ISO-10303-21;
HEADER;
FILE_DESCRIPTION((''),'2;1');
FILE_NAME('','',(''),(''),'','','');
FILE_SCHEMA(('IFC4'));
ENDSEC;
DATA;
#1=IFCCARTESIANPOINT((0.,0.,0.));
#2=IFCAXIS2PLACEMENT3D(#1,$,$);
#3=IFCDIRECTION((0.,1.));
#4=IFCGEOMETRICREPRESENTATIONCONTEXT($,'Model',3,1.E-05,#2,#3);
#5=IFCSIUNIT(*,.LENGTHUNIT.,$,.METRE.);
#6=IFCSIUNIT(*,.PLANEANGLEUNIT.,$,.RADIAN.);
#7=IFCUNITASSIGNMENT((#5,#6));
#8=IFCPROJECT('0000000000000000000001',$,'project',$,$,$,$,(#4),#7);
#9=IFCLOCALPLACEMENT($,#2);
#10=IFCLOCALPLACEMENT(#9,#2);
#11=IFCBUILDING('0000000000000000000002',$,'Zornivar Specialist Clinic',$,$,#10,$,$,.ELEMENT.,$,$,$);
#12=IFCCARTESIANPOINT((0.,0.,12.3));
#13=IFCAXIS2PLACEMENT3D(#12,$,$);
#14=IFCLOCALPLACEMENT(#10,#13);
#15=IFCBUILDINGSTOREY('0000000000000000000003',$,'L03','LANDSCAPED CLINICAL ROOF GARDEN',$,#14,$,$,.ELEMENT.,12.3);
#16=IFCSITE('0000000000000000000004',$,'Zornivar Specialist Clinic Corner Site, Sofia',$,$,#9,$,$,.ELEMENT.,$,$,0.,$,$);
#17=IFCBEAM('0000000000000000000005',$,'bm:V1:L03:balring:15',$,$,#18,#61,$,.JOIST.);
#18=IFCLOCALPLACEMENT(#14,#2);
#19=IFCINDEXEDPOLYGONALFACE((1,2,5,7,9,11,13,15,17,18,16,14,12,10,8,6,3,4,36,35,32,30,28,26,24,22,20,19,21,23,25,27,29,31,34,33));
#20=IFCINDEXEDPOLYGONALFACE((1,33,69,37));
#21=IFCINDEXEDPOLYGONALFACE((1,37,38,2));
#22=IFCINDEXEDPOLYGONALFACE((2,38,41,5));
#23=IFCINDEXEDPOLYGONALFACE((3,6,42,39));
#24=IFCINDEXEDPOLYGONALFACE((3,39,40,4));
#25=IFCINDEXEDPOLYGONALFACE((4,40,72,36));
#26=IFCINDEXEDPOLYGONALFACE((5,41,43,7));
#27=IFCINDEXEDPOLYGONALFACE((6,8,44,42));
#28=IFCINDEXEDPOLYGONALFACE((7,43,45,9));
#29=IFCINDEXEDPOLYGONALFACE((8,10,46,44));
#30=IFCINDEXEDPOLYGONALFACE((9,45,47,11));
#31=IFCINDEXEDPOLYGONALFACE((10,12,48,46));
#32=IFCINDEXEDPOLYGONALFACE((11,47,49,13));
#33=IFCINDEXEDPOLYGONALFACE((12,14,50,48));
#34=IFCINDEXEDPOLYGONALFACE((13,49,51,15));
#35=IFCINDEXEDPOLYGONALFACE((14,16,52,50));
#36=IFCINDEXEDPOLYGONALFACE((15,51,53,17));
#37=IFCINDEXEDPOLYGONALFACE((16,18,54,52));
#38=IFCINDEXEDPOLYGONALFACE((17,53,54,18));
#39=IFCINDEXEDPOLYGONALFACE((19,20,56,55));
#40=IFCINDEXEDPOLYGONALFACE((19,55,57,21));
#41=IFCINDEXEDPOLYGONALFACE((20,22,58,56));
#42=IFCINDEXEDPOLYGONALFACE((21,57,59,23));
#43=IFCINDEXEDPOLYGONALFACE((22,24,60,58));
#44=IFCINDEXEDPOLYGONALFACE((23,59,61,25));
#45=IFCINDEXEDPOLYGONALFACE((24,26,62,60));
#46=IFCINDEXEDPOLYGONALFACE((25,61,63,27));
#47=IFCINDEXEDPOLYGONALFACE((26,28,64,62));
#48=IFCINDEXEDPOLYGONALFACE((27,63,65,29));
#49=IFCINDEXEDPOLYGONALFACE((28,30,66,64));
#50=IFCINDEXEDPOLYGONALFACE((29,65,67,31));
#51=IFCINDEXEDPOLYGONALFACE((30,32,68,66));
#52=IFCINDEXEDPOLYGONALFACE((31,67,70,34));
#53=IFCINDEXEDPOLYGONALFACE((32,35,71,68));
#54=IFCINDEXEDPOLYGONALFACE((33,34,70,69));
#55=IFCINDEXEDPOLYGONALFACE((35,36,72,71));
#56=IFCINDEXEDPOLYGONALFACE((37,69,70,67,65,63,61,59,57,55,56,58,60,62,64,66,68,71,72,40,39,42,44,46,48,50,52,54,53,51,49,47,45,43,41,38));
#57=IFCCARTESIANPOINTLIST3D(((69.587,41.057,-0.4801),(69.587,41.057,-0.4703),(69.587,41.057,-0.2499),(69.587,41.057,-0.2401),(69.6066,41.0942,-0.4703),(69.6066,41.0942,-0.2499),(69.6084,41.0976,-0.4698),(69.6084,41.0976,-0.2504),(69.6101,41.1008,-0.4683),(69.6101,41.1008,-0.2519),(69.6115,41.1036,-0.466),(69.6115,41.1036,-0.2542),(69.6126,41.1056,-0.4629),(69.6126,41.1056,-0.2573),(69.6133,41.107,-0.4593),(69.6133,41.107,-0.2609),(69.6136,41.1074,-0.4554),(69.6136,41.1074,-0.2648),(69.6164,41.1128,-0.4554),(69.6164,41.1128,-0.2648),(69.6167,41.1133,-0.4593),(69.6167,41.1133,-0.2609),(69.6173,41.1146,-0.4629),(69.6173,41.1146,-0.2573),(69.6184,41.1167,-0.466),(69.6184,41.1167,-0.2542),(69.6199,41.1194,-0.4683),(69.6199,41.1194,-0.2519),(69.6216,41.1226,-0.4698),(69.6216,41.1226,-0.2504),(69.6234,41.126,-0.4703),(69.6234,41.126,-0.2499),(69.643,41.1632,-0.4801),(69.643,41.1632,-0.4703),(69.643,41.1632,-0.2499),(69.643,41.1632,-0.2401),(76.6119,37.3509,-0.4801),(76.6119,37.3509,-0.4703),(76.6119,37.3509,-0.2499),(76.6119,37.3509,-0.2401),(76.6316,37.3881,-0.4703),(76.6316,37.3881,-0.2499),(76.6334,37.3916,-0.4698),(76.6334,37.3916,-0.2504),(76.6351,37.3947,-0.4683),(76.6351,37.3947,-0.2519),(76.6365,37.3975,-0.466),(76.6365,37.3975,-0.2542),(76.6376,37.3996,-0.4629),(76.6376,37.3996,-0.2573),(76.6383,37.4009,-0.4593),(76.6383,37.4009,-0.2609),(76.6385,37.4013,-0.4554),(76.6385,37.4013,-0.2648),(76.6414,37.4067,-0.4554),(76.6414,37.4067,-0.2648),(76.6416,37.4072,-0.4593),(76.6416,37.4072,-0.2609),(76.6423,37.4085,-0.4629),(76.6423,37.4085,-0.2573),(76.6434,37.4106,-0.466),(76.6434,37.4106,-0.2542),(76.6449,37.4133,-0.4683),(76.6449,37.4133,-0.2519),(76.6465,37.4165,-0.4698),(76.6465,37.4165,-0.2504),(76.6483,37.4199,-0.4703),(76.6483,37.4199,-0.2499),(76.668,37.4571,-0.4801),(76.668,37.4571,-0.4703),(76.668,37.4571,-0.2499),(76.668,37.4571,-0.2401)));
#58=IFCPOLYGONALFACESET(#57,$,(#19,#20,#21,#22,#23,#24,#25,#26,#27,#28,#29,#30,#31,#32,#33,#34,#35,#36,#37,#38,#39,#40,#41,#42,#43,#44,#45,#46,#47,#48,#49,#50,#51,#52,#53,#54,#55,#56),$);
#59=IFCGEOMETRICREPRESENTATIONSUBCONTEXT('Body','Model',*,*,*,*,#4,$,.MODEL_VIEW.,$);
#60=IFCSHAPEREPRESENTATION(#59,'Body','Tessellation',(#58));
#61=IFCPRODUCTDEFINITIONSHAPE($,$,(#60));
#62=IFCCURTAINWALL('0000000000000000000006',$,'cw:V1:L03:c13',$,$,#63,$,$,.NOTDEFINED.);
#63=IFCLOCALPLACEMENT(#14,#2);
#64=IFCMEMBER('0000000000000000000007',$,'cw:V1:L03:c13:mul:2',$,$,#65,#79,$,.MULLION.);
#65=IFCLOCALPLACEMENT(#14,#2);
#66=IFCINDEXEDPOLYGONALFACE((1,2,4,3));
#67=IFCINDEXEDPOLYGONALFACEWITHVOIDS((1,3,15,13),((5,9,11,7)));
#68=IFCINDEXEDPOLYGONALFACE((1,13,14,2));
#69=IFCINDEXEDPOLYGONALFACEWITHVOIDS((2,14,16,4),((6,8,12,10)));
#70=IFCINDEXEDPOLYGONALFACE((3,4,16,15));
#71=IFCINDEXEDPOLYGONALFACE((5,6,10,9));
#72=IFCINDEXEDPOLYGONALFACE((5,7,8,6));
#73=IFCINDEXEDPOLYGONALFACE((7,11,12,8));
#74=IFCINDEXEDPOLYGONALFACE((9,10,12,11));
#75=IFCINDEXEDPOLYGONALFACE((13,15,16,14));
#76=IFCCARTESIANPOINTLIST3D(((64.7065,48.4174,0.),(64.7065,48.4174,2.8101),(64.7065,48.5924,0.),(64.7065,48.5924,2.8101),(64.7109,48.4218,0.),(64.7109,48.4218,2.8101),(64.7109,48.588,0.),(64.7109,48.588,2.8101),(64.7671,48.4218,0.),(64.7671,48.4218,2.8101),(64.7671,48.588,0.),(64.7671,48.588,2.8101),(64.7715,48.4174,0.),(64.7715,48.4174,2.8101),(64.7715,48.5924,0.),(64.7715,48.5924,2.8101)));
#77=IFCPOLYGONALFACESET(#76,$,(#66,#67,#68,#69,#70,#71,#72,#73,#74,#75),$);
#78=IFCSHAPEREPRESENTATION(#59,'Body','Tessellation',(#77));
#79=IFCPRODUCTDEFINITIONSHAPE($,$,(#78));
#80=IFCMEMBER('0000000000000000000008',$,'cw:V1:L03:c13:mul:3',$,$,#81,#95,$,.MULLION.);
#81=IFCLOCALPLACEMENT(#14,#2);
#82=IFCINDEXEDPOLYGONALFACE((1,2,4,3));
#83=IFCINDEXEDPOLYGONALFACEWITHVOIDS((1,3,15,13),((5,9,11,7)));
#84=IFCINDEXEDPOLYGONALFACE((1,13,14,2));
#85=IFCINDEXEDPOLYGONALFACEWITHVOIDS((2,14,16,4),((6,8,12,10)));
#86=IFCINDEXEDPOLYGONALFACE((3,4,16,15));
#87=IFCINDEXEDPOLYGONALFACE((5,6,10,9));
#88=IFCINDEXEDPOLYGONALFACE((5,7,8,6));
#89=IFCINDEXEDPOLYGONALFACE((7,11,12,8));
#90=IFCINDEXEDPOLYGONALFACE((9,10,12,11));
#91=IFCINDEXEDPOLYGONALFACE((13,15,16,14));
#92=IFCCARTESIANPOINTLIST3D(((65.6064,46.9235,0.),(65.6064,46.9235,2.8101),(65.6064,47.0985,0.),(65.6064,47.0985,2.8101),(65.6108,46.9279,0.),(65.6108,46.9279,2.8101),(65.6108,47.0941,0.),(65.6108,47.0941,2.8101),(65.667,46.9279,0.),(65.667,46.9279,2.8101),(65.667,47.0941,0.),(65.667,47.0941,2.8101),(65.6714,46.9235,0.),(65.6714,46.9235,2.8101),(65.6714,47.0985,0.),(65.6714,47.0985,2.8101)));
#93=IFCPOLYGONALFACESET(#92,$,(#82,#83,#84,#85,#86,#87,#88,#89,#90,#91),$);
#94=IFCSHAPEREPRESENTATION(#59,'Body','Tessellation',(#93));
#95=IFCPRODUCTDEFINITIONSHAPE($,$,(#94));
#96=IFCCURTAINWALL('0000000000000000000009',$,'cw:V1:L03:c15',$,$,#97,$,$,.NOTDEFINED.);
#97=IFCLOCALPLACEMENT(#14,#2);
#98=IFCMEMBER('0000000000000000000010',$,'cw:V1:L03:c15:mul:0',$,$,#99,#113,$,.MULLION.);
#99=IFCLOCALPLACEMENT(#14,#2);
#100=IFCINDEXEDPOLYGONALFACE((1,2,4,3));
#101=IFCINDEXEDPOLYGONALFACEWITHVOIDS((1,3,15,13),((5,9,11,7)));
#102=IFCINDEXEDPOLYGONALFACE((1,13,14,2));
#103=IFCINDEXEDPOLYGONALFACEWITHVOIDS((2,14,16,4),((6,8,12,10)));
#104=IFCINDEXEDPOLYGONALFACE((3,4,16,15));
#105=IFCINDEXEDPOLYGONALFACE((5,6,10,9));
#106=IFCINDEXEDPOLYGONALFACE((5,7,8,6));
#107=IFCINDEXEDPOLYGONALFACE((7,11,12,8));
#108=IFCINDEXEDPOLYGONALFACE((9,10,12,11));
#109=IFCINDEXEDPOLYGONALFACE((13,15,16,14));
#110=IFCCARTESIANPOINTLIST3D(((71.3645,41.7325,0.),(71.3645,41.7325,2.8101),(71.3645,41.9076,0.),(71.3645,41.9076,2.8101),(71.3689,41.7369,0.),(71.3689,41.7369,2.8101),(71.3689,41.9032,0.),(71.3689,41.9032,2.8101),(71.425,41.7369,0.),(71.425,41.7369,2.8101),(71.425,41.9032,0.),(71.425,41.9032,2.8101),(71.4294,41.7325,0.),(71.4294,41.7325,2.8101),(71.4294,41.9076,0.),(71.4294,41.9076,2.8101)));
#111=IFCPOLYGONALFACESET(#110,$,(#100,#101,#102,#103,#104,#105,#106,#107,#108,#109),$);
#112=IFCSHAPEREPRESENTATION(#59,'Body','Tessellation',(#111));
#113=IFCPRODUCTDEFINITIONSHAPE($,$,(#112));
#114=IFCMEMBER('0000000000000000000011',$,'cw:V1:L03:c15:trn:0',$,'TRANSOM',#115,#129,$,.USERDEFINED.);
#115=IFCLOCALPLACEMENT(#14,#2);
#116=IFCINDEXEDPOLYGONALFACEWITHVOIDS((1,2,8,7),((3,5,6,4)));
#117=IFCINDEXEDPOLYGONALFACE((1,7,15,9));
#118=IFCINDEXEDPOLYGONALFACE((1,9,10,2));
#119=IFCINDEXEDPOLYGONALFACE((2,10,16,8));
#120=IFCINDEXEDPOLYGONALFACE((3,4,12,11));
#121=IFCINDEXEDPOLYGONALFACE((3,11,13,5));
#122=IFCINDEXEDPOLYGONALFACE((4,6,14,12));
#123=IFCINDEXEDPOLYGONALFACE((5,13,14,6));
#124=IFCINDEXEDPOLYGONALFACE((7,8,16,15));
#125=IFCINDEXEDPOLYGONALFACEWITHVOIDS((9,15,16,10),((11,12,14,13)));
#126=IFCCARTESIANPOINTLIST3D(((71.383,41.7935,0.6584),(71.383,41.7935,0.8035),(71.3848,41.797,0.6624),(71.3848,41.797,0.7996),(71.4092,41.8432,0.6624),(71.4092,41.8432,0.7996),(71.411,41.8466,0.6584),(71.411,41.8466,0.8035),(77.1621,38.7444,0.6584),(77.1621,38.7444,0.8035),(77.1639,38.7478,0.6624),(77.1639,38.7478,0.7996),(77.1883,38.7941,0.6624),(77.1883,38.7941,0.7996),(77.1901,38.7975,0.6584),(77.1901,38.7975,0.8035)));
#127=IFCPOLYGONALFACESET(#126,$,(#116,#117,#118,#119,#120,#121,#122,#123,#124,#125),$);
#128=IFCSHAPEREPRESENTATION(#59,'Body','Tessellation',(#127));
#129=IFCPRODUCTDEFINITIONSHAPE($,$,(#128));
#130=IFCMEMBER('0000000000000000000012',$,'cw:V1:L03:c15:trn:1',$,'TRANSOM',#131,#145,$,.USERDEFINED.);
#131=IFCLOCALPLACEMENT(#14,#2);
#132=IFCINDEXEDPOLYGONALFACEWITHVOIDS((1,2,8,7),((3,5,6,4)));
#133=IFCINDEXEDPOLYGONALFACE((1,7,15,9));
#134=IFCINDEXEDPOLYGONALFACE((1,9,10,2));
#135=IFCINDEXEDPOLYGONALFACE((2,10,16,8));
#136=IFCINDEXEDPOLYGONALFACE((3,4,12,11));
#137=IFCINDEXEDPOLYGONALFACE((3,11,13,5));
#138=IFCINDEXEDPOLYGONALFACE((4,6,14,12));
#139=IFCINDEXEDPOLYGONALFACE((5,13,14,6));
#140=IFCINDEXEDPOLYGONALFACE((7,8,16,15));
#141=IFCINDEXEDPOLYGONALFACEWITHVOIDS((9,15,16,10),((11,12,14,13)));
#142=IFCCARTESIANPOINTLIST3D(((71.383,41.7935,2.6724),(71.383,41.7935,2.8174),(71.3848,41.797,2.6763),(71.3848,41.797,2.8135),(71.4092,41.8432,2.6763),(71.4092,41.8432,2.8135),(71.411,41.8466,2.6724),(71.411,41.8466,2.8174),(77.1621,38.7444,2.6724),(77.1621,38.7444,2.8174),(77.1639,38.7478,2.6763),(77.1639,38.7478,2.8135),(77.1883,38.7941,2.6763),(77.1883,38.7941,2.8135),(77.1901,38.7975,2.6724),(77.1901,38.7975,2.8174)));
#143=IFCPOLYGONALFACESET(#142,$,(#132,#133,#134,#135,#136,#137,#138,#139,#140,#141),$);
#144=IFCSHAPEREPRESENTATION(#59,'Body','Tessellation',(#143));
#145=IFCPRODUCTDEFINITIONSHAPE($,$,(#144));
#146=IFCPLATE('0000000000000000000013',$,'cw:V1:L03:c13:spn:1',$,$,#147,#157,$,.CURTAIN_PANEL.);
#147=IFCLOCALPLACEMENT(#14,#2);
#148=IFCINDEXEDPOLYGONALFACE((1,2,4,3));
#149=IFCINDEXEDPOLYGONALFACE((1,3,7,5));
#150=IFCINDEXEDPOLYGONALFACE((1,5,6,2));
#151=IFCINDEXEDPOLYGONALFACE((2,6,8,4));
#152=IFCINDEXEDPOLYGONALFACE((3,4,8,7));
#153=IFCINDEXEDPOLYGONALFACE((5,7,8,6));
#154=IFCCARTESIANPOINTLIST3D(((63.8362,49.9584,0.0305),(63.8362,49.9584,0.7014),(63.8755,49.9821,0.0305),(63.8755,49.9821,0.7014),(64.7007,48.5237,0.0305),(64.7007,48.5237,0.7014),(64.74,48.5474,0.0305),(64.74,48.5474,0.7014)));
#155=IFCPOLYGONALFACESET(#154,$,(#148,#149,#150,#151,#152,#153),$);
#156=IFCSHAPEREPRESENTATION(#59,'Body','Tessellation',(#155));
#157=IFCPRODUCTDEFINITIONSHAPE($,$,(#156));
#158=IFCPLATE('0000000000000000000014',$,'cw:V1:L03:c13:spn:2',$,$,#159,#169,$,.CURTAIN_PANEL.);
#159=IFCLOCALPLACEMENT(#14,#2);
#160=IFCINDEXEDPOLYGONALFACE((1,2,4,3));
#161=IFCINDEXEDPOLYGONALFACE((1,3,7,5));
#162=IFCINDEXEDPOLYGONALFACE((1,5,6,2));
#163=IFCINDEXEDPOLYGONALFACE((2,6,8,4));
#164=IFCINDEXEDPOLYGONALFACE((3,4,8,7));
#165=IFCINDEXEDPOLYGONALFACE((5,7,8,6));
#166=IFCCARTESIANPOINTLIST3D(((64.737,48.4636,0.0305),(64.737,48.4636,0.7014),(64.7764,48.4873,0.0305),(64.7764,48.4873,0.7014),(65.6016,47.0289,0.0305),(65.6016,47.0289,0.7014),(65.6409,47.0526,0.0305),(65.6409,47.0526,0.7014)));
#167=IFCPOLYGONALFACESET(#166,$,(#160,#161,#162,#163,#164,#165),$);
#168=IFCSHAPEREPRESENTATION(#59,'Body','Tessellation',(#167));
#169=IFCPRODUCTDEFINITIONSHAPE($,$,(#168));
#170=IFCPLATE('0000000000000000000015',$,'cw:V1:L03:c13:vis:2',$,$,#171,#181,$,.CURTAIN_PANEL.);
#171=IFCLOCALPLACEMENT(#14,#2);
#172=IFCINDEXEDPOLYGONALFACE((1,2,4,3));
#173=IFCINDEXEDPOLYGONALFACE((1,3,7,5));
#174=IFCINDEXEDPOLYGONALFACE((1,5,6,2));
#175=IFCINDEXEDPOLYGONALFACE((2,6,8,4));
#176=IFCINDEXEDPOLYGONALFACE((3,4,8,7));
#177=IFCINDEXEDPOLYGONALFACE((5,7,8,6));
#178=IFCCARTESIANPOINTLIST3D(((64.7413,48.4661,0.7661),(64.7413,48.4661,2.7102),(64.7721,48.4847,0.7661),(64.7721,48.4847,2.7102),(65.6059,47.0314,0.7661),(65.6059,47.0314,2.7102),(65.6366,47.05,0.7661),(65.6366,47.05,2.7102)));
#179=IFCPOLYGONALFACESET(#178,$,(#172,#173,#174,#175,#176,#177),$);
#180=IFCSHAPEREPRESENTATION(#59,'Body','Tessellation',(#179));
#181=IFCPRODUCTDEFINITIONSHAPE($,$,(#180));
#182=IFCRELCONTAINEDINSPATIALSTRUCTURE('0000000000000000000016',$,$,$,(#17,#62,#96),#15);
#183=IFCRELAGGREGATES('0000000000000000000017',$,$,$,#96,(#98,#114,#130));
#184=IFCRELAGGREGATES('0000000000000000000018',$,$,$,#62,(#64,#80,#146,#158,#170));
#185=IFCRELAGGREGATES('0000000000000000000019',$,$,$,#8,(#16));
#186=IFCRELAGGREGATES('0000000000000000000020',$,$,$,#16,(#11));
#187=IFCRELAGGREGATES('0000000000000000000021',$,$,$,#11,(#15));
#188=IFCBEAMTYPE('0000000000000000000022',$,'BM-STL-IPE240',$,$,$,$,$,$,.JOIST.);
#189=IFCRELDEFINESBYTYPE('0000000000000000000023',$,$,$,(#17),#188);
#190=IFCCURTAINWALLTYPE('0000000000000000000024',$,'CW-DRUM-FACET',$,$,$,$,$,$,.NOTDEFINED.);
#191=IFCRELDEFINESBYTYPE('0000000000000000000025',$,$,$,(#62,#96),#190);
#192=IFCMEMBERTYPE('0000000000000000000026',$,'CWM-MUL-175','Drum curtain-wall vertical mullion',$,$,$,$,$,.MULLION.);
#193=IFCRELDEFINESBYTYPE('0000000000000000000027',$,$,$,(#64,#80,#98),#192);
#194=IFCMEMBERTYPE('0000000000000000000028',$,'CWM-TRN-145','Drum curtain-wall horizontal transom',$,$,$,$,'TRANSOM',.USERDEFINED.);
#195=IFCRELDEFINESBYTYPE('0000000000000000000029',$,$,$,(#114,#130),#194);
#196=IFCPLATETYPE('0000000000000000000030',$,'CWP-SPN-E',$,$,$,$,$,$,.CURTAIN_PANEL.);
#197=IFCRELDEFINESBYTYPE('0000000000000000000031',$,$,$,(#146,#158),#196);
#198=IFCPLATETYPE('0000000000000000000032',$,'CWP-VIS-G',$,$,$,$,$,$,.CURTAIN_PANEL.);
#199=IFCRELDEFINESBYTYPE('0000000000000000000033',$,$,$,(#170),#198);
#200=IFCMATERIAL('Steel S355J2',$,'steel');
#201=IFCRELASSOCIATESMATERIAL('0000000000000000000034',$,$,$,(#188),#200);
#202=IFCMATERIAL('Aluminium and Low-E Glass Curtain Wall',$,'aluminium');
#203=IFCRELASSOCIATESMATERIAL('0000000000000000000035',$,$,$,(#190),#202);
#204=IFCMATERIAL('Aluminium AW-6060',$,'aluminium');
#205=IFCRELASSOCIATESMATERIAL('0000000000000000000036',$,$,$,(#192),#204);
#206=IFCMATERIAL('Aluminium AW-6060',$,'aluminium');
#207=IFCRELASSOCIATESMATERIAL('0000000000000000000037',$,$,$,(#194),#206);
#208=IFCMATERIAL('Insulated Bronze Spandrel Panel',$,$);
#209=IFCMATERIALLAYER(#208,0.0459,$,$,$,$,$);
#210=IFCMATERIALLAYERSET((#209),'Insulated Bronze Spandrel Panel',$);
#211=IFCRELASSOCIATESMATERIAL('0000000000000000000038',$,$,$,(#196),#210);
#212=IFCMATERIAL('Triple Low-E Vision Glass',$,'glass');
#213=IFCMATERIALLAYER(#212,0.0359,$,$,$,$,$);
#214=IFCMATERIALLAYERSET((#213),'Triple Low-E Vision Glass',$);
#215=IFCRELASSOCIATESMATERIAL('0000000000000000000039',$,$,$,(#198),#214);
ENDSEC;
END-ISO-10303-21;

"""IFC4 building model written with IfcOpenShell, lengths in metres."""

from ifc_helpers import new_model, si_unit, direction, frame, origin, origin_2d, place, context, subcontext, project, spatial, rectangle, hollow_rectangle, i_section, extrude, material, layer, layer_set, material_profile, profile_set, type_object, element, aggregate, save


model = new_model("IFC4")

# Units and contexts
model_context = context("Model", 3, precision=1e-05, world=origin(), true_north=direction((0.0, 1.0)))
body_context = subcontext(model_context, "Body", "Model", "MODEL_VIEW")
ifc_project = project(units=[si_unit("LENGTHUNIT", "METRE"), si_unit("PLANEANGLEUNIT", "RADIAN")], contexts=[model_context])

# Site, building, storey
site_placement = place(None, origin())
site = spatial("IfcSite", under=ifc_project, at=site_placement, Name="Zornivar Specialist Clinic Corner Site, Sofia", CompositionType="ELEMENT", RefElevation=0.0)
building_placement = place(site_placement, origin())
building = spatial("IfcBuilding", under=site, at=building_placement, Name="Zornivar Specialist Clinic", CompositionType="ELEMENT")
storey_placement = place(building_placement, frame((0.0, 0.0, 12.3)))
storey = spatial("IfcBuildingStorey", under=building, at=storey_placement, Name="L03", Description="LANDSCAPED CLINICAL ROOF GARDEN", CompositionType="ELEMENT", Elevation=12.3)

# Beam
ifc_material_1 = material(Name="Steel S355J2", Category="steel")
ifc_material_profile_1 = material_profile(ifc_material_1, i_section(OverallWidth=0.1201, OverallDepth=0.24, WebThickness=0.0061, FlangeThickness=0.0098, FilletRadius=0.0149, at=origin_2d()), Name="IPE 240")
ifc_profile_set_1 = profile_set([ifc_material_profile_1], Name="Steel S355J2")
beam_type_1 = type_object("IfcBeamType", Name="BM-STL-IPE240", PredefinedType="JOIST", material=ifc_profile_set_1)
beam_1_placement = place(storey_placement, frame((69.615, 41.1101, -0.3601), z_axis=(0.884464, -0.466608, 0.0), x_axis=(0.466608, 0.884464, 0.0)))
element("IfcBeam", 1, at=beam_1_placement, inside=storey, type_object=beam_type_1, Name="bm:V1:L03:balring:15", PredefinedType="JOIST", context=body_context, shape_type="SweptSolid", body=[
    extrude(i_section(OverallWidth=0.1201, OverallDepth=0.24, WebThickness=0.0061, FlangeThickness=0.0098, FilletRadius=0.0149, at=origin_2d()), origin(), (0.0, 0.0, 1.0), 7.9426),
])

# Curtain walls, members
ifc_material_2 = material(Name="Aluminium and Low-E Glass Curtain Wall", Category="aluminium")
curtain_wall_type = type_object("IfcCurtainWallType", Name="CW-DRUM-FACET", PredefinedType="NOTDEFINED", material=ifc_material_2)
curtain_wall_1_placement = place(storey_placement, origin())
curtain_wall_1 = element("IfcCurtainWall", 2, at=curtain_wall_1_placement, inside=storey, type_object=curtain_wall_type, Name="cw:V1:L03:c13", PredefinedType="NOTDEFINED")
ifc_material_3 = material(Name="Aluminium AW-6060", Category="aluminium")
ifc_material_profile_2 = material_profile(ifc_material_3, hollow_rectangle(XDim=0.0649, YDim=0.175, WallThickness=0.0044, at=origin_2d()), Name="ALU 65x175x4.5")
ifc_profile_set_2 = profile_set([ifc_material_profile_2], Name="Aluminium AW-6060")
member_type_1 = type_object("IfcMemberType", Name="CWM-MUL-175", Description="Drum curtain-wall vertical mullion", PredefinedType="MULLION", material=ifc_profile_set_2)
member_1_placement = place(storey_placement, frame((64.739, 48.5049, 0.0), z_axis=(0.0, 0.0, 1.0), x_axis=(1.0, 0.0, 0.0)))
member_1 = element("IfcMember", 3, at=member_1_placement, type_object=member_type_1, Name="cw:V1:L03:c13:mul:2", PredefinedType="MULLION", context=body_context, shape_type="SweptSolid", body=[
    extrude(hollow_rectangle(XDim=0.0649, YDim=0.175, WallThickness=0.0044, at=origin_2d()), origin(), (0.0, 0.0, 1.0), 2.8101),
])
member_2_placement = place(storey_placement, frame((65.6389, 47.011, 0.0), z_axis=(0.0, 0.0, 1.0), x_axis=(1.0, 0.0, 0.0)))
member_2 = element("IfcMember", 4, at=member_2_placement, type_object=member_type_1, Name="cw:V1:L03:c13:mul:3", PredefinedType="MULLION", context=body_context, shape_type="SweptSolid", body=[
    extrude(hollow_rectangle(XDim=0.0649, YDim=0.175, WallThickness=0.0044, at=origin_2d()), origin(), (0.0, 0.0, 1.0), 2.8101),
])
curtain_wall_2_placement = place(storey_placement, origin())
curtain_wall_2 = element("IfcCurtainWall", 5, at=curtain_wall_2_placement, inside=storey, type_object=curtain_wall_type, Name="cw:V1:L03:c15", PredefinedType="NOTDEFINED")
member_3_placement = place(storey_placement, frame((71.397, 41.8201, 0.0), z_axis=(0.0, 0.0, 1.0), x_axis=(1.0, 0.0, 0.0)))
member_3 = element("IfcMember", 6, at=member_3_placement, type_object=member_type_1, Name="cw:V1:L03:c15:mul:0", PredefinedType="MULLION", context=body_context, shape_type="SweptSolid", body=[
    extrude(hollow_rectangle(XDim=0.0649, YDim=0.175, WallThickness=0.0044, at=origin_2d()), origin(), (0.0, 0.0, 1.0), 2.8101),
])
ifc_material_4 = material(Name="Aluminium AW-6060", Category="aluminium")
ifc_material_profile_3 = material_profile(ifc_material_4, hollow_rectangle(XDim=0.0601, YDim=0.145, WallThickness=0.0039, at=origin_2d()), Name="ALU 60x145x4")
ifc_profile_set_3 = profile_set([ifc_material_profile_3], Name="Aluminium AW-6060")
member_type_2 = type_object("IfcMemberType", Name="CWM-TRN-145", Description="Drum curtain-wall horizontal transom", ElementType="TRANSOM", PredefinedType="USERDEFINED", material=ifc_profile_set_3)
member_4_placement = place(storey_placement, frame((71.397, 41.8201, 0.731), z_axis=(0.884447, -0.466641, 0.0), x_axis=(0.466641, 0.884447, 0.0)))
member_4 = element("IfcMember", 7, at=member_4_placement, type_object=member_type_2, Name="cw:V1:L03:c15:trn:0", ObjectType="TRANSOM", PredefinedType="USERDEFINED", context=body_context, shape_type="SweptSolid", body=[
    extrude(hollow_rectangle(XDim=0.0601, YDim=0.145, WallThickness=0.0039, at=origin_2d()), origin(), (0.0, 0.0, 1.0), 6.5342),
])
member_5_placement = place(storey_placement, frame((71.397, 41.8201, 2.7449), z_axis=(0.884447, -0.466641, 0.0), x_axis=(0.466641, 0.884447, 0.0)))
member_5 = element("IfcMember", 8, at=member_5_placement, type_object=member_type_2, Name="cw:V1:L03:c15:trn:1", ObjectType="TRANSOM", PredefinedType="USERDEFINED", context=body_context, shape_type="SweptSolid", body=[
    extrude(hollow_rectangle(XDim=0.0601, YDim=0.145, WallThickness=0.0039, at=origin_2d()), origin(), (0.0, 0.0, 1.0), 6.5342),
])
aggregate(curtain_wall_2, [member_3, member_4, member_5])

# Plates
ifc_material_5 = material(Name="Insulated Bronze Spandrel Panel")
ifc_layer_1 = layer(ifc_material_5, 0.0459)
ifc_layer_set_1 = layer_set([ifc_layer_1], Name="Insulated Bronze Spandrel Panel")
plate_type_1 = type_object("IfcPlateType", Name="CWP-SPN-E", PredefinedType="CURTAIN_PANEL", material=ifc_layer_set_1)
plate_1_placement = place(storey_placement, frame((64.2881, 49.2529, 0.0305), z_axis=(0.0, 0.0, 1.0), x_axis=(0.516127, -0.856512, 0.0)))
plate_1 = element("IfcPlate", 9, at=plate_1_placement, type_object=plate_type_1, Name="cw:V1:L03:c13:spn:1", PredefinedType="CURTAIN_PANEL", context=body_context, shape_type="SweptSolid", body=[
    extrude(rectangle(XDim=1.675, YDim=0.0459, at=origin_2d()), origin(), (0.0, 0.0, 1.0), 0.6709),
])
plate_2_placement = place(storey_placement, frame((65.189, 47.7581, 0.0305), z_axis=(0.0, 0.0, 1.0), x_axis=(0.516127, -0.856512, 0.0)))
plate_2 = element("IfcPlate", 10, at=plate_2_placement, type_object=plate_type_1, Name="cw:V1:L03:c13:spn:2", PredefinedType="CURTAIN_PANEL", context=body_context, shape_type="SweptSolid", body=[
    extrude(rectangle(XDim=1.675, YDim=0.0459, at=origin_2d()), origin(), (0.0, 0.0, 1.0), 0.6709),
])
ifc_material_6 = material(Name="Triple Low-E Vision Glass", Category="glass")
ifc_layer_2 = layer(ifc_material_6, 0.0359)
ifc_layer_set_2 = layer_set([ifc_layer_2], Name="Triple Low-E Vision Glass")
plate_type_2 = type_object("IfcPlateType", Name="CWP-VIS-G", PredefinedType="CURTAIN_PANEL", material=ifc_layer_set_2)
plate_3_placement = place(storey_placement, frame((65.189, 47.7581, 0.7661), z_axis=(0.0, 0.0, 1.0), x_axis=(0.516127, -0.856512, 0.0)))
plate_3 = element("IfcPlate", 11, at=plate_3_placement, type_object=plate_type_2, Name="cw:V1:L03:c13:vis:2", PredefinedType="CURTAIN_PANEL", context=body_context, shape_type="SweptSolid", body=[
    extrude(rectangle(XDim=1.675, YDim=0.0359, at=origin_2d()), origin(), (0.0, 0.0, 1.0), 1.9441),
])
aggregate(curtain_wall_1, [member_1, member_2, plate_1, plate_2, plate_3])

save(model, "model.ifc")
